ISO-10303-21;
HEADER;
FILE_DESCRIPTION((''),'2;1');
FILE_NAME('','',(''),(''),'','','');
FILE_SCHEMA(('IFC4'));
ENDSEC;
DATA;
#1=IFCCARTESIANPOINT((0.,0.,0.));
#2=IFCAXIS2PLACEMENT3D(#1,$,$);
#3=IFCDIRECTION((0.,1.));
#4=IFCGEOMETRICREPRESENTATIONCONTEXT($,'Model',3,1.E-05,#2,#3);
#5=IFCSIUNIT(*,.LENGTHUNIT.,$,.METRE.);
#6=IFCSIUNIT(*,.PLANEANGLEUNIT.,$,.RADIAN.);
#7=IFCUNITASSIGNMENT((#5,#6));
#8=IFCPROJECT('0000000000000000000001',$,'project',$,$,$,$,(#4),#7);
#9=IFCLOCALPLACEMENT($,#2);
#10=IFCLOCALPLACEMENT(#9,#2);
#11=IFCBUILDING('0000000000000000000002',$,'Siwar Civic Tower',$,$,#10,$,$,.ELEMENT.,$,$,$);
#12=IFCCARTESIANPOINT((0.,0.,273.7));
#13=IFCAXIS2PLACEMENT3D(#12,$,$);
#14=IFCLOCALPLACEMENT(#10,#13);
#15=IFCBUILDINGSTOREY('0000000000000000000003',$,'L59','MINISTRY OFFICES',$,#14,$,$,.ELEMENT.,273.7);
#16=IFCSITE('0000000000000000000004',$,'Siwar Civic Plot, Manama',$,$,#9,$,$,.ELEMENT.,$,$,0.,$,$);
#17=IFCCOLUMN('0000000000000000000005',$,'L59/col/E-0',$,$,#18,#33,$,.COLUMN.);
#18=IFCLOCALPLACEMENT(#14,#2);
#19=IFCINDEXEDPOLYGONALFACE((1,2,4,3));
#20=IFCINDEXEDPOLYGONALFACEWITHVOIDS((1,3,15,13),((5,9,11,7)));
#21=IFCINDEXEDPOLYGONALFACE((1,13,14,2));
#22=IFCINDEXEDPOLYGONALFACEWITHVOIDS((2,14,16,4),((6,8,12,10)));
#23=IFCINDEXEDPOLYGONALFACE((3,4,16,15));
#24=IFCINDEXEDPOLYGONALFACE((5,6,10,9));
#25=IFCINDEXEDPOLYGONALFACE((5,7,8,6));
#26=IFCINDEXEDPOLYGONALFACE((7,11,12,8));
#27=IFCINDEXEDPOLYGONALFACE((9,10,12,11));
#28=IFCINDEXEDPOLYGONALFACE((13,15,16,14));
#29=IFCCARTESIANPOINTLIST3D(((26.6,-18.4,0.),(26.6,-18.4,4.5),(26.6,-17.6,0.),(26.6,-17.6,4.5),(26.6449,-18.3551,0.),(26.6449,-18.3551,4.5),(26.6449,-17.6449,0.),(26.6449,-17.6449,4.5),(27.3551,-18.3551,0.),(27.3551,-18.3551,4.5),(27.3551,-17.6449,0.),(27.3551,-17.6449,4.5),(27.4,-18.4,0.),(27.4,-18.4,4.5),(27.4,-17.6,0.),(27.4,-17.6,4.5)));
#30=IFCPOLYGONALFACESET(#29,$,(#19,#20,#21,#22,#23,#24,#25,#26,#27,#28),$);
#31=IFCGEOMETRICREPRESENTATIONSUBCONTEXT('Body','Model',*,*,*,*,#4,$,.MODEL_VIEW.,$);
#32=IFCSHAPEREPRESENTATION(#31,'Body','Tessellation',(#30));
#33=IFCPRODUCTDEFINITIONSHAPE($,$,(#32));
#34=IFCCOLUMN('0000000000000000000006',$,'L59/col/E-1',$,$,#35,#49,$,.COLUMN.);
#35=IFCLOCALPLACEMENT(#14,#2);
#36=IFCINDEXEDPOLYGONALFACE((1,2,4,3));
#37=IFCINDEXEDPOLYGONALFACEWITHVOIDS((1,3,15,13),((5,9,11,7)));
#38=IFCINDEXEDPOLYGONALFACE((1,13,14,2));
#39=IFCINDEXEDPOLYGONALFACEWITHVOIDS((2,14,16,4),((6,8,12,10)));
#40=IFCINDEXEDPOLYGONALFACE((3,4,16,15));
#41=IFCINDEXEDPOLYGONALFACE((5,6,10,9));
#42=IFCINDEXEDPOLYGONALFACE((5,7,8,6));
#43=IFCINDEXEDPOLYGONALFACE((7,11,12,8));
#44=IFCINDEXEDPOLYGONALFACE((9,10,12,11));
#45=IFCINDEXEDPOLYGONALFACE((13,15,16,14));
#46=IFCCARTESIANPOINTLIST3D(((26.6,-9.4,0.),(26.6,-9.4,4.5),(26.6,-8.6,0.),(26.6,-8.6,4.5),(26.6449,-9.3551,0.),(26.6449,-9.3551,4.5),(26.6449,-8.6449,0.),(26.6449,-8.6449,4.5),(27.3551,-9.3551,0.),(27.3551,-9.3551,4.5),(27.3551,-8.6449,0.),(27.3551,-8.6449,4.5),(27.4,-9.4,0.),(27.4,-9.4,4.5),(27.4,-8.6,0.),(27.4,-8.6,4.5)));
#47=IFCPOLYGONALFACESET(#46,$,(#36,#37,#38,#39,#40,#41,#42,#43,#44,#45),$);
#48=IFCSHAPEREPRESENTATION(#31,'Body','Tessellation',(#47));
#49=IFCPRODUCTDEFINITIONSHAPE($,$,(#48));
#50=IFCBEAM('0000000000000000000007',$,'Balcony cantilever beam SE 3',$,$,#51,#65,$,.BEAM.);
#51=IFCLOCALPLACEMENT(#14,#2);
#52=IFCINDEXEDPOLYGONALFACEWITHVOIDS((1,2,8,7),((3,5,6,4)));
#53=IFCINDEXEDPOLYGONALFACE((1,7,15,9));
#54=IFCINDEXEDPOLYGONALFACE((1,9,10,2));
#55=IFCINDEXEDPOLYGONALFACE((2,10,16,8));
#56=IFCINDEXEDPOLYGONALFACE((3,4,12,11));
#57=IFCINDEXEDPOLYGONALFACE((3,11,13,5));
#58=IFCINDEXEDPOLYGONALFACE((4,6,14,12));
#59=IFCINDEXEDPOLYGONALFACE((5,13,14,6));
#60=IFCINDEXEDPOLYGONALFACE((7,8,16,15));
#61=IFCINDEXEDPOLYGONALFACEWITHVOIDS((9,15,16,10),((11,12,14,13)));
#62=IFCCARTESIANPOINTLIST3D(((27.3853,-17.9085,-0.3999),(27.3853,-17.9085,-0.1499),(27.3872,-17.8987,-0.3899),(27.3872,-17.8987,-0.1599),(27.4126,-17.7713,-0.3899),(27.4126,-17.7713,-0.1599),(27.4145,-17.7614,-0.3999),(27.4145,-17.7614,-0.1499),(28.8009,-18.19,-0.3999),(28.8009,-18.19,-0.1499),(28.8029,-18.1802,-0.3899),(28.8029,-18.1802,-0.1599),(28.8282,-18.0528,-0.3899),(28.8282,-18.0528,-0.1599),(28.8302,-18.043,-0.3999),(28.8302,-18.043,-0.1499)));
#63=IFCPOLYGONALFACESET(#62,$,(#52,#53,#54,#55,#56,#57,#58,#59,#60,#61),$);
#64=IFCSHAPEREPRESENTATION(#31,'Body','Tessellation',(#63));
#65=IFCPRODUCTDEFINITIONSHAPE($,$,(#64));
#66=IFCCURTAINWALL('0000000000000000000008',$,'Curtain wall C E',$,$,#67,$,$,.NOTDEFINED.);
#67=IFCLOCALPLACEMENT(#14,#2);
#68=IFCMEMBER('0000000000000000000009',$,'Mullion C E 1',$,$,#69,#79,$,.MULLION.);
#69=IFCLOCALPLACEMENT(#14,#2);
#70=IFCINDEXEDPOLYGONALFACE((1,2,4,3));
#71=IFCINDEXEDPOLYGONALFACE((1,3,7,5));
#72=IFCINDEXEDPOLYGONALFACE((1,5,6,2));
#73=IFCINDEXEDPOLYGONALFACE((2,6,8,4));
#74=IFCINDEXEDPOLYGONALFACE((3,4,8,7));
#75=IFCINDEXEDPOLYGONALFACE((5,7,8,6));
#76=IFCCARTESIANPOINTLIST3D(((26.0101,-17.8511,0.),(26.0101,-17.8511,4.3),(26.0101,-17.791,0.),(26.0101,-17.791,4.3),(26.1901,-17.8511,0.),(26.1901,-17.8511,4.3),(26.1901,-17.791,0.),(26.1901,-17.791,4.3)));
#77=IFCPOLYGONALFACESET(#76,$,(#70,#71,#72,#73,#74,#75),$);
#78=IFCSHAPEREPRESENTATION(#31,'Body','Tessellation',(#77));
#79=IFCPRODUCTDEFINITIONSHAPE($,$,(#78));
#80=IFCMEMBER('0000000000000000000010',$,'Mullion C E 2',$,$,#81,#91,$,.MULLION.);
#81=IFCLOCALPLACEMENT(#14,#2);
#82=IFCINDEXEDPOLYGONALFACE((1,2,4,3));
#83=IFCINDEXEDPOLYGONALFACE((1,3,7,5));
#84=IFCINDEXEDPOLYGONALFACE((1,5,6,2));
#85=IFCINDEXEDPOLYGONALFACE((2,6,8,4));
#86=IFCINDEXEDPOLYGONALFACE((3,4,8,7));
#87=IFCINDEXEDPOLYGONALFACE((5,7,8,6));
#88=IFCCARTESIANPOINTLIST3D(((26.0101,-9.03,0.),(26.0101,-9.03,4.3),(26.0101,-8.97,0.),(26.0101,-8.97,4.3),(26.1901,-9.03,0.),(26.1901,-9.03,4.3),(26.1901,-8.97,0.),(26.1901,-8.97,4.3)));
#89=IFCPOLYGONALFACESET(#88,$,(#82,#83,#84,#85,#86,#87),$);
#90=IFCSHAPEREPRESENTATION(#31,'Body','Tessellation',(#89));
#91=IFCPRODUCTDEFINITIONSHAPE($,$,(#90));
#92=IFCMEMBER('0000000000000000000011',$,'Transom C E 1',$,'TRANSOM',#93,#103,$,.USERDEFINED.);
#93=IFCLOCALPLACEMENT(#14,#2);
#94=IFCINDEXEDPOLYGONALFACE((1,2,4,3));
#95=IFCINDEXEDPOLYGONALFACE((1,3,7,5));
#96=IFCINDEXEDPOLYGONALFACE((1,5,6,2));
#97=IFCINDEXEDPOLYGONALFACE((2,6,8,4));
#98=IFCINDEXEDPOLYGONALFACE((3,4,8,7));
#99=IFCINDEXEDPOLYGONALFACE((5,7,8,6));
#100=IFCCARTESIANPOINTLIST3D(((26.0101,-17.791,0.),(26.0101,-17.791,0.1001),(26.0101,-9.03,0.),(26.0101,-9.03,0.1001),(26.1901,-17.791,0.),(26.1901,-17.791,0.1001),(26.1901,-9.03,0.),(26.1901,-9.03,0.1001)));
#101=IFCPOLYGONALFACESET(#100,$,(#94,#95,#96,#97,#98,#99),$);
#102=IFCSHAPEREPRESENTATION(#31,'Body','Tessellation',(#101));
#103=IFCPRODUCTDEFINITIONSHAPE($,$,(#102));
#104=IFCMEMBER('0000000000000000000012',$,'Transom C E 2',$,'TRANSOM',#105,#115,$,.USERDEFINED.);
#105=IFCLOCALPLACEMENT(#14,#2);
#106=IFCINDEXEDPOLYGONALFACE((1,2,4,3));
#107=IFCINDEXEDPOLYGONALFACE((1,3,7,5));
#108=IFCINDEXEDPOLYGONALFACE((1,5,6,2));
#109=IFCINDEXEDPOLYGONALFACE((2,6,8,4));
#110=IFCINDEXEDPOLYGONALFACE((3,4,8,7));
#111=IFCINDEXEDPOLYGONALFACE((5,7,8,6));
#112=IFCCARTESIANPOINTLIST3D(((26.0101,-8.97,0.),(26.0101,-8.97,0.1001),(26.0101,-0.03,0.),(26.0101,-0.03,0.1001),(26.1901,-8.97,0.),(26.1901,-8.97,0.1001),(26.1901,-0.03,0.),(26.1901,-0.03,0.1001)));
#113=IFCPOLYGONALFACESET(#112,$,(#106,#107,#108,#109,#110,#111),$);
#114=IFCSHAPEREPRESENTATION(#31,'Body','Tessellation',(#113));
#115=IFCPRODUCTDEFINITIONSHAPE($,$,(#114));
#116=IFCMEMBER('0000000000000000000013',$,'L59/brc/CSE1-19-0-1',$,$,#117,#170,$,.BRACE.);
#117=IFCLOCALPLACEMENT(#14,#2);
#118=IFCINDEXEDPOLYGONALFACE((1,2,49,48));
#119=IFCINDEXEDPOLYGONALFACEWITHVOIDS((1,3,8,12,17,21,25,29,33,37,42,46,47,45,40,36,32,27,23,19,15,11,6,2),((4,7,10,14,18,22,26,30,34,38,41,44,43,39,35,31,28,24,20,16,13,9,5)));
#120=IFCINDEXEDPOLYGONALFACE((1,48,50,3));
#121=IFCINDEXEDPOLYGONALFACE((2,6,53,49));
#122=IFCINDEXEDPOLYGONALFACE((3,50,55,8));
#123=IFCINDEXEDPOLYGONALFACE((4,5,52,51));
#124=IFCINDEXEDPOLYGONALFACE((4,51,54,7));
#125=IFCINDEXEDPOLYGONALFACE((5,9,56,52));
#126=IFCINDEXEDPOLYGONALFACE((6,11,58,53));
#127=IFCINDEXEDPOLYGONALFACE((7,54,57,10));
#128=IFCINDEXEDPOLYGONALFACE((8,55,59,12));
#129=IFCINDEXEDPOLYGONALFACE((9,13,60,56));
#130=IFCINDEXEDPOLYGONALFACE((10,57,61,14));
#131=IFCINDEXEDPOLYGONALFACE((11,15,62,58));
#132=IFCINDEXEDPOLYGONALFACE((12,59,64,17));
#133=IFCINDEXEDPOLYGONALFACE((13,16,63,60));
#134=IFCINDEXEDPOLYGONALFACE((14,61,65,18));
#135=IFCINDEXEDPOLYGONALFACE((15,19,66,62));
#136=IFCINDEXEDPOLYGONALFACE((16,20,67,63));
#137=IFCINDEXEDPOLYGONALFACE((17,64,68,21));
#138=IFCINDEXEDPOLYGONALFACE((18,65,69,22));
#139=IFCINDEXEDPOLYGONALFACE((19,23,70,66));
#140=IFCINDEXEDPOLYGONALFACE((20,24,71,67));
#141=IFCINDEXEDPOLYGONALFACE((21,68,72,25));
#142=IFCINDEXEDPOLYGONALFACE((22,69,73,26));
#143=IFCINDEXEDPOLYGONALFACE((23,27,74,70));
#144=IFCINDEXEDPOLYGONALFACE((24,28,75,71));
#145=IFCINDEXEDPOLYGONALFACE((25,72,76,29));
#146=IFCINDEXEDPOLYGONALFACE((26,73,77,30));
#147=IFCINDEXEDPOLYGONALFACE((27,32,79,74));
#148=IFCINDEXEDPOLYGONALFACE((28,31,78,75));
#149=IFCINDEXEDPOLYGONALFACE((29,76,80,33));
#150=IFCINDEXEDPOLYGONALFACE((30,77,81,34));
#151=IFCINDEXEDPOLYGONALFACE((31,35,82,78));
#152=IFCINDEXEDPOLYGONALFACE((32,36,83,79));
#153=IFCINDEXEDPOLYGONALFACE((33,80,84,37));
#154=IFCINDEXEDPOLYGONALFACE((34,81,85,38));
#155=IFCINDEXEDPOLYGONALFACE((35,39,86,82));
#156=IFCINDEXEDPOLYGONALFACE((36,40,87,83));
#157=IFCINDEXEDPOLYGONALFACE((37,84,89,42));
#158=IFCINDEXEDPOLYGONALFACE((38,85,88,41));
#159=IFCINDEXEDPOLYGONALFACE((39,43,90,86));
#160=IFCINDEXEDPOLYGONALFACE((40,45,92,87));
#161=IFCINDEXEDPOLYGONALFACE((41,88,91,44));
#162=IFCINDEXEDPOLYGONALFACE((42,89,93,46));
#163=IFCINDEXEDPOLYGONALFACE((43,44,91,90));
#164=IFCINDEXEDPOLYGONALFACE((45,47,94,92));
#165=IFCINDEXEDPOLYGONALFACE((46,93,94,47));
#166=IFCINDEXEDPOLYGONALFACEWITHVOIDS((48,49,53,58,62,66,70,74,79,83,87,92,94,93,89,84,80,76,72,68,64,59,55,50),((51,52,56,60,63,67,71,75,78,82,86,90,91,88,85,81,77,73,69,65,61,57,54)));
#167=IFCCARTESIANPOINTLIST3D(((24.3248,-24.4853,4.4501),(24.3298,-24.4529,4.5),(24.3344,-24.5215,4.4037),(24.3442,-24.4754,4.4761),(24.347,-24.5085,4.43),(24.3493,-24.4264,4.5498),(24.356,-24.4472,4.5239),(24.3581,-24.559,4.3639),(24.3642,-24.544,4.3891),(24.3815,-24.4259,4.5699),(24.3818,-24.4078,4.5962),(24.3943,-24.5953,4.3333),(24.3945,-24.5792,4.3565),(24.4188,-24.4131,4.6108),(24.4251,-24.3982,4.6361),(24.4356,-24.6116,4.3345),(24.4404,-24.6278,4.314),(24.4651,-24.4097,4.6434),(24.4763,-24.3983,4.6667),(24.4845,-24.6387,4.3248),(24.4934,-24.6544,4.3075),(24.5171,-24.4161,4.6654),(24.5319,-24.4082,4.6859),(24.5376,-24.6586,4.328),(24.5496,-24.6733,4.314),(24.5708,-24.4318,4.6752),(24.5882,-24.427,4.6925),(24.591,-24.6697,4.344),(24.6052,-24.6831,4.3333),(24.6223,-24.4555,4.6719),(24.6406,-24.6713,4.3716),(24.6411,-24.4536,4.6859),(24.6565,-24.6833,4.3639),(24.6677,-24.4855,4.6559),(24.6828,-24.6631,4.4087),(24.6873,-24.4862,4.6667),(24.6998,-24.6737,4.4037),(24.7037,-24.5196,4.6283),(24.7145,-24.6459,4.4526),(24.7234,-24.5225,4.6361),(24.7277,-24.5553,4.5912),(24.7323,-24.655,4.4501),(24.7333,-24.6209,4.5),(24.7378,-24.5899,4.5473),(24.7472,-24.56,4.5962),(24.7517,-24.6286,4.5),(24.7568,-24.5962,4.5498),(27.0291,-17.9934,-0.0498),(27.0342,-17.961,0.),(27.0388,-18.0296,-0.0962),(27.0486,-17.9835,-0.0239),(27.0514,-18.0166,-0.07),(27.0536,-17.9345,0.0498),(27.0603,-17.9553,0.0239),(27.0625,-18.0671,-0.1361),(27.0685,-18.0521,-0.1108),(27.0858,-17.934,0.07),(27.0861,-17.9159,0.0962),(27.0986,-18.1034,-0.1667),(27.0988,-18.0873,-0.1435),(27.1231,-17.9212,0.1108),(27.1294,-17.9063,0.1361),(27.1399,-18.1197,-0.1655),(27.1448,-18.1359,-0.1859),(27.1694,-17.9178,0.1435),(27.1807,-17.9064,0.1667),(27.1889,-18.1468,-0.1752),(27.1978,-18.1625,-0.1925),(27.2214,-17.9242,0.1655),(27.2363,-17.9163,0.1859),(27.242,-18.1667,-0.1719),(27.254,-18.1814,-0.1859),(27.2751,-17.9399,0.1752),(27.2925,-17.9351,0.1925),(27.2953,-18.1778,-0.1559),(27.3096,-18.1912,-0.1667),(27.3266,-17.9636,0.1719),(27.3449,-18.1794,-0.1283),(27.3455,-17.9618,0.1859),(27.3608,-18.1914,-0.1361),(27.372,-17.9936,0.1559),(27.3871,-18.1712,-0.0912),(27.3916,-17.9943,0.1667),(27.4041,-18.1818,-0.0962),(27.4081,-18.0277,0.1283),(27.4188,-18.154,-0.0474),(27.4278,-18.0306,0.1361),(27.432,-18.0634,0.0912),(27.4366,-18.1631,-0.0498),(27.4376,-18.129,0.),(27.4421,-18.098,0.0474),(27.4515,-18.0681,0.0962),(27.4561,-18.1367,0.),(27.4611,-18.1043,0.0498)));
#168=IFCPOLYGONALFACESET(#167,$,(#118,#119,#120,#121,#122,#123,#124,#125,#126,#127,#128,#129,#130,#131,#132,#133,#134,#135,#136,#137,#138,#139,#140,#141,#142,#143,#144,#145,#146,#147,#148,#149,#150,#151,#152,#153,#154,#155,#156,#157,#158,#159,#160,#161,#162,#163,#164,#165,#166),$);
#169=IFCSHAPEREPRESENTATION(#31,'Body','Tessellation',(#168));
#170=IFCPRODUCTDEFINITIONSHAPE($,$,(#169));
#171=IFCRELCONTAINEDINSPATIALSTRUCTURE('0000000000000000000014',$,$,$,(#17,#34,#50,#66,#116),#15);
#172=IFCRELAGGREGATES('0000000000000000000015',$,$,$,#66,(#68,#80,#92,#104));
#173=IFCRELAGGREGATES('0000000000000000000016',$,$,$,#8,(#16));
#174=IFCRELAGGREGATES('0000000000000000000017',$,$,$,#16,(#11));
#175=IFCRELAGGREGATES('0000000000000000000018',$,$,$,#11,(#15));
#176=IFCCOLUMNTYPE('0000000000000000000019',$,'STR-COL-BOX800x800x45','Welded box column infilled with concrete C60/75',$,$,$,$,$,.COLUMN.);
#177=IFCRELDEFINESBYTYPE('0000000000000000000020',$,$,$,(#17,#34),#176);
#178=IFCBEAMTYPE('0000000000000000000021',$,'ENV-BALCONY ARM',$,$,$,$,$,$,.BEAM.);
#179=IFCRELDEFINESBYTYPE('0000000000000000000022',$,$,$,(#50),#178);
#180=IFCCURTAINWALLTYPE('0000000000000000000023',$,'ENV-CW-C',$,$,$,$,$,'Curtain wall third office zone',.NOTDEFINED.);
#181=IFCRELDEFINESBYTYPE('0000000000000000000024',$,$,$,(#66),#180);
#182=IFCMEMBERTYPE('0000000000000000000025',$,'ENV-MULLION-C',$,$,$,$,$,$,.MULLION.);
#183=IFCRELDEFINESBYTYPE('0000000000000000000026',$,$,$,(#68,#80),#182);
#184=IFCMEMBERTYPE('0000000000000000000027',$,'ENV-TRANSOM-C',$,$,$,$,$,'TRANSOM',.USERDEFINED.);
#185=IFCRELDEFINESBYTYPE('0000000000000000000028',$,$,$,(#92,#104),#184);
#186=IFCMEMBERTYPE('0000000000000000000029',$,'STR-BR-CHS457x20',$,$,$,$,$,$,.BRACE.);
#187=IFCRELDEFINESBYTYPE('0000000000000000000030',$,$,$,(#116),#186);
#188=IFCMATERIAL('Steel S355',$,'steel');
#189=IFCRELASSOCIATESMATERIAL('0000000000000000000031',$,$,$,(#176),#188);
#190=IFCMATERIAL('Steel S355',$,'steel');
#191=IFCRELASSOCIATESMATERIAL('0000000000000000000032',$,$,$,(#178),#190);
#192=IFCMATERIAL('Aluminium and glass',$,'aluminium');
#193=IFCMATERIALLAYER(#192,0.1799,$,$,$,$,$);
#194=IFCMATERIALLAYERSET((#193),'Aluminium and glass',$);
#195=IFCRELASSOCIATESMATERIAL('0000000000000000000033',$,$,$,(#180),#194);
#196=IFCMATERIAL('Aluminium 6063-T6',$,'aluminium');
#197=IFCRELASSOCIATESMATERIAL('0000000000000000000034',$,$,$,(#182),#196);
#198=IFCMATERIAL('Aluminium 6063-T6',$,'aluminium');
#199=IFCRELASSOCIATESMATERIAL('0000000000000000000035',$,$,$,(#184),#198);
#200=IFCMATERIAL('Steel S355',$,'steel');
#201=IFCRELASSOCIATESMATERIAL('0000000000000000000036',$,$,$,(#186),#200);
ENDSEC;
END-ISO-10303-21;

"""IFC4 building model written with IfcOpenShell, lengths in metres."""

from ifc_helpers import new_model, si_unit, direction, frame, origin, origin_2d, place, context, subcontext, project, spatial, rectangle, hollow_rectangle, hollow_circle, extrude, material, layer, layer_set, material_profile, profile_set, type_object, element, aggregate, save


model = new_model("IFC4")

# Units and contexts
model_context = context("Model", 3, precision=1e-05, world=origin(), true_north=direction((0.0, 1.0)))
body_context = subcontext(model_context, "Body", "Model", "MODEL_VIEW")
ifc_project = project(units=[si_unit("LENGTHUNIT", "METRE"), si_unit("PLANEANGLEUNIT", "RADIAN")], contexts=[model_context])

# Site, building, storey
site_placement = place(None, origin())
site = spatial("IfcSite", under=ifc_project, at=site_placement, Name="Siwar Civic Plot, Manama", CompositionType="ELEMENT", RefElevation=0.0)
building_placement = place(site_placement, origin())
building = spatial("IfcBuilding", under=site, at=building_placement, Name="Siwar Civic Tower", CompositionType="ELEMENT")
storey_placement = place(building_placement, frame((0.0, 0.0, 273.7)))
storey = spatial("IfcBuildingStorey", under=building, at=storey_placement, Name="L59", Description="MINISTRY OFFICES", CompositionType="ELEMENT", Elevation=273.7)

# Columns
ifc_material_1 = material(Name="Steel S355", Category="steel")
ifc_material_profile_1 = material_profile(ifc_material_1, hollow_rectangle(XDim=0.8, YDim=0.8, WallThickness=0.0449, at=origin_2d()), Name="BOX800x800x45")
ifc_profile_set_1 = profile_set([ifc_material_profile_1], Name="Steel S355")
column_type = type_object("IfcColumnType", Name="STR-COL-BOX800x800x45", Description="Welded box column infilled with concrete C60/75", PredefinedType="COLUMN", material=ifc_profile_set_1)
for number, where, z_axis, x_axis, name in (
    (1, (27.0, -18.0, 0.0), (0.0, 0.0, 1.0), (1.0, 0.0, 0.0), "L59/col/E-0"),
    (2, (27.0, -9.0, 0.0), (0.0, 0.0, 1.0), (1.0, 0.0, 0.0), "L59/col/E-1"),
):
    element("IfcColumn", number, at=place(storey_placement, frame(where, z_axis=z_axis, x_axis=x_axis)), inside=storey, type_object=column_type, Name=name, PredefinedType="COLUMN", context=body_context, shape_type="SweptSolid", body=[
        extrude(hollow_rectangle(XDim=0.8, YDim=0.8, WallThickness=0.0449, at=origin_2d()), origin(), (0.0, 0.0, 1.0), 4.5),
    ])

# Beam
ifc_material_2 = material(Name="Steel S355", Category="steel")
ifc_material_profile_2 = material_profile(ifc_material_2, hollow_rectangle(XDim=0.1499, YDim=0.25, WallThickness=0.01, at=origin_2d()), Name="RHS250x150x10")
ifc_profile_set_2 = profile_set([ifc_material_profile_2], Name="Steel S355")
beam_type_1 = type_object("IfcBeamType", Name="ENV-BALCONY ARM", PredefinedType="BEAM", material=ifc_profile_set_2)
beam_1_placement = place(storey_placement, frame((27.3999, -17.835, -0.2749), z_axis=(0.980795, -0.195042, 0.0), x_axis=(0.195042, 0.980795, 0.0)))
element("IfcBeam", 3, at=beam_1_placement, inside=storey, type_object=beam_type_1, Name="Balcony cantilever beam SE 3", PredefinedType="BEAM", context=body_context, shape_type="SweptSolid", body=[
    extrude(hollow_rectangle(XDim=0.1499, YDim=0.25, WallThickness=0.01, at=origin_2d()), origin(), (0.0, 0.0, 1.0), 1.4434),
])

# Curtain wall, members
ifc_material_3 = material(Name="Aluminium and glass", Category="aluminium")
ifc_layer_1 = layer(ifc_material_3, 0.1799)
ifc_layer_set_1 = layer_set([ifc_layer_1], Name="Aluminium and glass")
curtain_wall_type_1 = type_object("IfcCurtainWallType", Name="ENV-CW-C", ElementType="Curtain wall third office zone", PredefinedType="NOTDEFINED", material=ifc_layer_set_1)
curtain_wall_1_placement = place(storey_placement, origin())
curtain_wall_1 = element("IfcCurtainWall", 4, at=curtain_wall_1_placement, inside=storey, type_object=curtain_wall_type_1, Name="Curtain wall C E", PredefinedType="NOTDEFINED")
ifc_material_4 = material(Name="Aluminium 6063-T6", Category="aluminium")
ifc_material_profile_3 = material_profile(ifc_material_4, rectangle(XDim=0.1799, YDim=0.0601, at=origin_2d()), Name="AL 180x60")
ifc_profile_set_3 = profile_set([ifc_material_profile_3], Name="Aluminium 6063-T6")
member_type_1 = type_object("IfcMemberType", Name="ENV-MULLION-C", PredefinedType="MULLION", material=ifc_profile_set_3)
member_1_placement = place(storey_placement, frame((26.1001, -17.821, 0.0), z_axis=(0.0, 0.0, 1.0), x_axis=(-1.0, 0.0, 0.0)))
member_1 = element("IfcMember", 5, at=member_1_placement, type_object=member_type_1, Name="Mullion C E 1", PredefinedType="MULLION", context=body_context, shape_type="SweptSolid", body=[
    extrude(rectangle(XDim=0.1799, YDim=0.0601, at=origin_2d()), origin(), (0.0, 0.0, 1.0), 4.3),
])
member_2_placement = place(storey_placement, frame((26.1001, -9.0, 0.0), z_axis=(0.0, 0.0, 1.0), x_axis=(-1.0, 0.0, 0.0)))
member_2 = element("IfcMember", 6, at=member_2_placement, type_object=member_type_1, Name="Mullion C E 2", PredefinedType="MULLION", context=body_context, shape_type="SweptSolid", body=[
    extrude(rectangle(XDim=0.1799, YDim=0.0601, at=origin_2d()), origin(), (0.0, 0.0, 1.0), 4.3),
])
ifc_material_5 = material(Name="Aluminium 6063-T6", Category="aluminium")
ifc_material_profile_4 = material_profile(ifc_material_5, rectangle(XDim=0.1799, YDim=0.1001, at=origin_2d()), Name="AL 180x100")
ifc_profile_set_4 = profile_set([ifc_material_profile_4], Name="Aluminium 6063-T6")
member_type_2 = type_object("IfcMemberType", Name="ENV-TRANSOM-C", ElementType="TRANSOM", PredefinedType="USERDEFINED", material=ifc_profile_set_4)
member_3_placement = place(storey_placement, frame((26.1001, -17.791, 0.05), z_axis=(0.0, 1.0, 0.0), x_axis=(-1.0, 0.0, 0.0)))
member_3 = element("IfcMember", 7, at=member_3_placement, type_object=member_type_2, Name="Transom C E 1", ObjectType="TRANSOM", PredefinedType="USERDEFINED", context=body_context, shape_type="SweptSolid", body=[
    extrude(rectangle(XDim=0.1799, YDim=0.1001, at=origin_2d()), origin(), (0.0, 0.0, 1.0), 8.761),
])
member_4_placement = place(storey_placement, frame((26.1001, -8.97, 0.05), z_axis=(0.0, 1.0, 0.0), x_axis=(-1.0, 0.0, 0.0)))
member_4 = element("IfcMember", 8, at=member_4_placement, type_object=member_type_2, Name="Transom C E 2", ObjectType="TRANSOM", PredefinedType="USERDEFINED", context=body_context, shape_type="SweptSolid", body=[
    extrude(rectangle(XDim=0.1799, YDim=0.1001, at=origin_2d()), origin(), (0.0, 0.0, 1.0), 8.9399),
])

# Member
ifc_material_6 = material(Name="Steel S355", Category="steel")
ifc_material_profile_5 = material_profile(ifc_material_6, hollow_circle(Radius=0.2285, WallThickness=0.02, at=origin_2d()), Name="CHS457x20")
ifc_profile_set_5 = profile_set([ifc_material_profile_5], Name="Steel S355")
member_type_3 = type_object("IfcMemberType", Name="STR-BR-CHS457x20", PredefinedType="BRACE", material=ifc_profile_set_5)
member_5_placement = place(storey_placement, frame((27.2451, -18.0488, 0.0), z_axis=(-0.323906, -0.777555, 0.538975), x_axis=(0.923109, -0.384539, 0.0)))
element("IfcMember", 9, at=member_5_placement, inside=storey, type_object=member_type_3, Name="L59/brc/CSE1-19-0-1", PredefinedType="BRACE", context=body_context, shape_type="SweptSolid", body=[
    extrude(hollow_circle(Radius=0.2285, WallThickness=0.02, at=origin_2d()), origin(), (0.0, 0.0, 1.0), 8.3491),
])

aggregate(curtain_wall_1, [member_1, member_2, member_3, member_4])

save(model, "model.ifc")
